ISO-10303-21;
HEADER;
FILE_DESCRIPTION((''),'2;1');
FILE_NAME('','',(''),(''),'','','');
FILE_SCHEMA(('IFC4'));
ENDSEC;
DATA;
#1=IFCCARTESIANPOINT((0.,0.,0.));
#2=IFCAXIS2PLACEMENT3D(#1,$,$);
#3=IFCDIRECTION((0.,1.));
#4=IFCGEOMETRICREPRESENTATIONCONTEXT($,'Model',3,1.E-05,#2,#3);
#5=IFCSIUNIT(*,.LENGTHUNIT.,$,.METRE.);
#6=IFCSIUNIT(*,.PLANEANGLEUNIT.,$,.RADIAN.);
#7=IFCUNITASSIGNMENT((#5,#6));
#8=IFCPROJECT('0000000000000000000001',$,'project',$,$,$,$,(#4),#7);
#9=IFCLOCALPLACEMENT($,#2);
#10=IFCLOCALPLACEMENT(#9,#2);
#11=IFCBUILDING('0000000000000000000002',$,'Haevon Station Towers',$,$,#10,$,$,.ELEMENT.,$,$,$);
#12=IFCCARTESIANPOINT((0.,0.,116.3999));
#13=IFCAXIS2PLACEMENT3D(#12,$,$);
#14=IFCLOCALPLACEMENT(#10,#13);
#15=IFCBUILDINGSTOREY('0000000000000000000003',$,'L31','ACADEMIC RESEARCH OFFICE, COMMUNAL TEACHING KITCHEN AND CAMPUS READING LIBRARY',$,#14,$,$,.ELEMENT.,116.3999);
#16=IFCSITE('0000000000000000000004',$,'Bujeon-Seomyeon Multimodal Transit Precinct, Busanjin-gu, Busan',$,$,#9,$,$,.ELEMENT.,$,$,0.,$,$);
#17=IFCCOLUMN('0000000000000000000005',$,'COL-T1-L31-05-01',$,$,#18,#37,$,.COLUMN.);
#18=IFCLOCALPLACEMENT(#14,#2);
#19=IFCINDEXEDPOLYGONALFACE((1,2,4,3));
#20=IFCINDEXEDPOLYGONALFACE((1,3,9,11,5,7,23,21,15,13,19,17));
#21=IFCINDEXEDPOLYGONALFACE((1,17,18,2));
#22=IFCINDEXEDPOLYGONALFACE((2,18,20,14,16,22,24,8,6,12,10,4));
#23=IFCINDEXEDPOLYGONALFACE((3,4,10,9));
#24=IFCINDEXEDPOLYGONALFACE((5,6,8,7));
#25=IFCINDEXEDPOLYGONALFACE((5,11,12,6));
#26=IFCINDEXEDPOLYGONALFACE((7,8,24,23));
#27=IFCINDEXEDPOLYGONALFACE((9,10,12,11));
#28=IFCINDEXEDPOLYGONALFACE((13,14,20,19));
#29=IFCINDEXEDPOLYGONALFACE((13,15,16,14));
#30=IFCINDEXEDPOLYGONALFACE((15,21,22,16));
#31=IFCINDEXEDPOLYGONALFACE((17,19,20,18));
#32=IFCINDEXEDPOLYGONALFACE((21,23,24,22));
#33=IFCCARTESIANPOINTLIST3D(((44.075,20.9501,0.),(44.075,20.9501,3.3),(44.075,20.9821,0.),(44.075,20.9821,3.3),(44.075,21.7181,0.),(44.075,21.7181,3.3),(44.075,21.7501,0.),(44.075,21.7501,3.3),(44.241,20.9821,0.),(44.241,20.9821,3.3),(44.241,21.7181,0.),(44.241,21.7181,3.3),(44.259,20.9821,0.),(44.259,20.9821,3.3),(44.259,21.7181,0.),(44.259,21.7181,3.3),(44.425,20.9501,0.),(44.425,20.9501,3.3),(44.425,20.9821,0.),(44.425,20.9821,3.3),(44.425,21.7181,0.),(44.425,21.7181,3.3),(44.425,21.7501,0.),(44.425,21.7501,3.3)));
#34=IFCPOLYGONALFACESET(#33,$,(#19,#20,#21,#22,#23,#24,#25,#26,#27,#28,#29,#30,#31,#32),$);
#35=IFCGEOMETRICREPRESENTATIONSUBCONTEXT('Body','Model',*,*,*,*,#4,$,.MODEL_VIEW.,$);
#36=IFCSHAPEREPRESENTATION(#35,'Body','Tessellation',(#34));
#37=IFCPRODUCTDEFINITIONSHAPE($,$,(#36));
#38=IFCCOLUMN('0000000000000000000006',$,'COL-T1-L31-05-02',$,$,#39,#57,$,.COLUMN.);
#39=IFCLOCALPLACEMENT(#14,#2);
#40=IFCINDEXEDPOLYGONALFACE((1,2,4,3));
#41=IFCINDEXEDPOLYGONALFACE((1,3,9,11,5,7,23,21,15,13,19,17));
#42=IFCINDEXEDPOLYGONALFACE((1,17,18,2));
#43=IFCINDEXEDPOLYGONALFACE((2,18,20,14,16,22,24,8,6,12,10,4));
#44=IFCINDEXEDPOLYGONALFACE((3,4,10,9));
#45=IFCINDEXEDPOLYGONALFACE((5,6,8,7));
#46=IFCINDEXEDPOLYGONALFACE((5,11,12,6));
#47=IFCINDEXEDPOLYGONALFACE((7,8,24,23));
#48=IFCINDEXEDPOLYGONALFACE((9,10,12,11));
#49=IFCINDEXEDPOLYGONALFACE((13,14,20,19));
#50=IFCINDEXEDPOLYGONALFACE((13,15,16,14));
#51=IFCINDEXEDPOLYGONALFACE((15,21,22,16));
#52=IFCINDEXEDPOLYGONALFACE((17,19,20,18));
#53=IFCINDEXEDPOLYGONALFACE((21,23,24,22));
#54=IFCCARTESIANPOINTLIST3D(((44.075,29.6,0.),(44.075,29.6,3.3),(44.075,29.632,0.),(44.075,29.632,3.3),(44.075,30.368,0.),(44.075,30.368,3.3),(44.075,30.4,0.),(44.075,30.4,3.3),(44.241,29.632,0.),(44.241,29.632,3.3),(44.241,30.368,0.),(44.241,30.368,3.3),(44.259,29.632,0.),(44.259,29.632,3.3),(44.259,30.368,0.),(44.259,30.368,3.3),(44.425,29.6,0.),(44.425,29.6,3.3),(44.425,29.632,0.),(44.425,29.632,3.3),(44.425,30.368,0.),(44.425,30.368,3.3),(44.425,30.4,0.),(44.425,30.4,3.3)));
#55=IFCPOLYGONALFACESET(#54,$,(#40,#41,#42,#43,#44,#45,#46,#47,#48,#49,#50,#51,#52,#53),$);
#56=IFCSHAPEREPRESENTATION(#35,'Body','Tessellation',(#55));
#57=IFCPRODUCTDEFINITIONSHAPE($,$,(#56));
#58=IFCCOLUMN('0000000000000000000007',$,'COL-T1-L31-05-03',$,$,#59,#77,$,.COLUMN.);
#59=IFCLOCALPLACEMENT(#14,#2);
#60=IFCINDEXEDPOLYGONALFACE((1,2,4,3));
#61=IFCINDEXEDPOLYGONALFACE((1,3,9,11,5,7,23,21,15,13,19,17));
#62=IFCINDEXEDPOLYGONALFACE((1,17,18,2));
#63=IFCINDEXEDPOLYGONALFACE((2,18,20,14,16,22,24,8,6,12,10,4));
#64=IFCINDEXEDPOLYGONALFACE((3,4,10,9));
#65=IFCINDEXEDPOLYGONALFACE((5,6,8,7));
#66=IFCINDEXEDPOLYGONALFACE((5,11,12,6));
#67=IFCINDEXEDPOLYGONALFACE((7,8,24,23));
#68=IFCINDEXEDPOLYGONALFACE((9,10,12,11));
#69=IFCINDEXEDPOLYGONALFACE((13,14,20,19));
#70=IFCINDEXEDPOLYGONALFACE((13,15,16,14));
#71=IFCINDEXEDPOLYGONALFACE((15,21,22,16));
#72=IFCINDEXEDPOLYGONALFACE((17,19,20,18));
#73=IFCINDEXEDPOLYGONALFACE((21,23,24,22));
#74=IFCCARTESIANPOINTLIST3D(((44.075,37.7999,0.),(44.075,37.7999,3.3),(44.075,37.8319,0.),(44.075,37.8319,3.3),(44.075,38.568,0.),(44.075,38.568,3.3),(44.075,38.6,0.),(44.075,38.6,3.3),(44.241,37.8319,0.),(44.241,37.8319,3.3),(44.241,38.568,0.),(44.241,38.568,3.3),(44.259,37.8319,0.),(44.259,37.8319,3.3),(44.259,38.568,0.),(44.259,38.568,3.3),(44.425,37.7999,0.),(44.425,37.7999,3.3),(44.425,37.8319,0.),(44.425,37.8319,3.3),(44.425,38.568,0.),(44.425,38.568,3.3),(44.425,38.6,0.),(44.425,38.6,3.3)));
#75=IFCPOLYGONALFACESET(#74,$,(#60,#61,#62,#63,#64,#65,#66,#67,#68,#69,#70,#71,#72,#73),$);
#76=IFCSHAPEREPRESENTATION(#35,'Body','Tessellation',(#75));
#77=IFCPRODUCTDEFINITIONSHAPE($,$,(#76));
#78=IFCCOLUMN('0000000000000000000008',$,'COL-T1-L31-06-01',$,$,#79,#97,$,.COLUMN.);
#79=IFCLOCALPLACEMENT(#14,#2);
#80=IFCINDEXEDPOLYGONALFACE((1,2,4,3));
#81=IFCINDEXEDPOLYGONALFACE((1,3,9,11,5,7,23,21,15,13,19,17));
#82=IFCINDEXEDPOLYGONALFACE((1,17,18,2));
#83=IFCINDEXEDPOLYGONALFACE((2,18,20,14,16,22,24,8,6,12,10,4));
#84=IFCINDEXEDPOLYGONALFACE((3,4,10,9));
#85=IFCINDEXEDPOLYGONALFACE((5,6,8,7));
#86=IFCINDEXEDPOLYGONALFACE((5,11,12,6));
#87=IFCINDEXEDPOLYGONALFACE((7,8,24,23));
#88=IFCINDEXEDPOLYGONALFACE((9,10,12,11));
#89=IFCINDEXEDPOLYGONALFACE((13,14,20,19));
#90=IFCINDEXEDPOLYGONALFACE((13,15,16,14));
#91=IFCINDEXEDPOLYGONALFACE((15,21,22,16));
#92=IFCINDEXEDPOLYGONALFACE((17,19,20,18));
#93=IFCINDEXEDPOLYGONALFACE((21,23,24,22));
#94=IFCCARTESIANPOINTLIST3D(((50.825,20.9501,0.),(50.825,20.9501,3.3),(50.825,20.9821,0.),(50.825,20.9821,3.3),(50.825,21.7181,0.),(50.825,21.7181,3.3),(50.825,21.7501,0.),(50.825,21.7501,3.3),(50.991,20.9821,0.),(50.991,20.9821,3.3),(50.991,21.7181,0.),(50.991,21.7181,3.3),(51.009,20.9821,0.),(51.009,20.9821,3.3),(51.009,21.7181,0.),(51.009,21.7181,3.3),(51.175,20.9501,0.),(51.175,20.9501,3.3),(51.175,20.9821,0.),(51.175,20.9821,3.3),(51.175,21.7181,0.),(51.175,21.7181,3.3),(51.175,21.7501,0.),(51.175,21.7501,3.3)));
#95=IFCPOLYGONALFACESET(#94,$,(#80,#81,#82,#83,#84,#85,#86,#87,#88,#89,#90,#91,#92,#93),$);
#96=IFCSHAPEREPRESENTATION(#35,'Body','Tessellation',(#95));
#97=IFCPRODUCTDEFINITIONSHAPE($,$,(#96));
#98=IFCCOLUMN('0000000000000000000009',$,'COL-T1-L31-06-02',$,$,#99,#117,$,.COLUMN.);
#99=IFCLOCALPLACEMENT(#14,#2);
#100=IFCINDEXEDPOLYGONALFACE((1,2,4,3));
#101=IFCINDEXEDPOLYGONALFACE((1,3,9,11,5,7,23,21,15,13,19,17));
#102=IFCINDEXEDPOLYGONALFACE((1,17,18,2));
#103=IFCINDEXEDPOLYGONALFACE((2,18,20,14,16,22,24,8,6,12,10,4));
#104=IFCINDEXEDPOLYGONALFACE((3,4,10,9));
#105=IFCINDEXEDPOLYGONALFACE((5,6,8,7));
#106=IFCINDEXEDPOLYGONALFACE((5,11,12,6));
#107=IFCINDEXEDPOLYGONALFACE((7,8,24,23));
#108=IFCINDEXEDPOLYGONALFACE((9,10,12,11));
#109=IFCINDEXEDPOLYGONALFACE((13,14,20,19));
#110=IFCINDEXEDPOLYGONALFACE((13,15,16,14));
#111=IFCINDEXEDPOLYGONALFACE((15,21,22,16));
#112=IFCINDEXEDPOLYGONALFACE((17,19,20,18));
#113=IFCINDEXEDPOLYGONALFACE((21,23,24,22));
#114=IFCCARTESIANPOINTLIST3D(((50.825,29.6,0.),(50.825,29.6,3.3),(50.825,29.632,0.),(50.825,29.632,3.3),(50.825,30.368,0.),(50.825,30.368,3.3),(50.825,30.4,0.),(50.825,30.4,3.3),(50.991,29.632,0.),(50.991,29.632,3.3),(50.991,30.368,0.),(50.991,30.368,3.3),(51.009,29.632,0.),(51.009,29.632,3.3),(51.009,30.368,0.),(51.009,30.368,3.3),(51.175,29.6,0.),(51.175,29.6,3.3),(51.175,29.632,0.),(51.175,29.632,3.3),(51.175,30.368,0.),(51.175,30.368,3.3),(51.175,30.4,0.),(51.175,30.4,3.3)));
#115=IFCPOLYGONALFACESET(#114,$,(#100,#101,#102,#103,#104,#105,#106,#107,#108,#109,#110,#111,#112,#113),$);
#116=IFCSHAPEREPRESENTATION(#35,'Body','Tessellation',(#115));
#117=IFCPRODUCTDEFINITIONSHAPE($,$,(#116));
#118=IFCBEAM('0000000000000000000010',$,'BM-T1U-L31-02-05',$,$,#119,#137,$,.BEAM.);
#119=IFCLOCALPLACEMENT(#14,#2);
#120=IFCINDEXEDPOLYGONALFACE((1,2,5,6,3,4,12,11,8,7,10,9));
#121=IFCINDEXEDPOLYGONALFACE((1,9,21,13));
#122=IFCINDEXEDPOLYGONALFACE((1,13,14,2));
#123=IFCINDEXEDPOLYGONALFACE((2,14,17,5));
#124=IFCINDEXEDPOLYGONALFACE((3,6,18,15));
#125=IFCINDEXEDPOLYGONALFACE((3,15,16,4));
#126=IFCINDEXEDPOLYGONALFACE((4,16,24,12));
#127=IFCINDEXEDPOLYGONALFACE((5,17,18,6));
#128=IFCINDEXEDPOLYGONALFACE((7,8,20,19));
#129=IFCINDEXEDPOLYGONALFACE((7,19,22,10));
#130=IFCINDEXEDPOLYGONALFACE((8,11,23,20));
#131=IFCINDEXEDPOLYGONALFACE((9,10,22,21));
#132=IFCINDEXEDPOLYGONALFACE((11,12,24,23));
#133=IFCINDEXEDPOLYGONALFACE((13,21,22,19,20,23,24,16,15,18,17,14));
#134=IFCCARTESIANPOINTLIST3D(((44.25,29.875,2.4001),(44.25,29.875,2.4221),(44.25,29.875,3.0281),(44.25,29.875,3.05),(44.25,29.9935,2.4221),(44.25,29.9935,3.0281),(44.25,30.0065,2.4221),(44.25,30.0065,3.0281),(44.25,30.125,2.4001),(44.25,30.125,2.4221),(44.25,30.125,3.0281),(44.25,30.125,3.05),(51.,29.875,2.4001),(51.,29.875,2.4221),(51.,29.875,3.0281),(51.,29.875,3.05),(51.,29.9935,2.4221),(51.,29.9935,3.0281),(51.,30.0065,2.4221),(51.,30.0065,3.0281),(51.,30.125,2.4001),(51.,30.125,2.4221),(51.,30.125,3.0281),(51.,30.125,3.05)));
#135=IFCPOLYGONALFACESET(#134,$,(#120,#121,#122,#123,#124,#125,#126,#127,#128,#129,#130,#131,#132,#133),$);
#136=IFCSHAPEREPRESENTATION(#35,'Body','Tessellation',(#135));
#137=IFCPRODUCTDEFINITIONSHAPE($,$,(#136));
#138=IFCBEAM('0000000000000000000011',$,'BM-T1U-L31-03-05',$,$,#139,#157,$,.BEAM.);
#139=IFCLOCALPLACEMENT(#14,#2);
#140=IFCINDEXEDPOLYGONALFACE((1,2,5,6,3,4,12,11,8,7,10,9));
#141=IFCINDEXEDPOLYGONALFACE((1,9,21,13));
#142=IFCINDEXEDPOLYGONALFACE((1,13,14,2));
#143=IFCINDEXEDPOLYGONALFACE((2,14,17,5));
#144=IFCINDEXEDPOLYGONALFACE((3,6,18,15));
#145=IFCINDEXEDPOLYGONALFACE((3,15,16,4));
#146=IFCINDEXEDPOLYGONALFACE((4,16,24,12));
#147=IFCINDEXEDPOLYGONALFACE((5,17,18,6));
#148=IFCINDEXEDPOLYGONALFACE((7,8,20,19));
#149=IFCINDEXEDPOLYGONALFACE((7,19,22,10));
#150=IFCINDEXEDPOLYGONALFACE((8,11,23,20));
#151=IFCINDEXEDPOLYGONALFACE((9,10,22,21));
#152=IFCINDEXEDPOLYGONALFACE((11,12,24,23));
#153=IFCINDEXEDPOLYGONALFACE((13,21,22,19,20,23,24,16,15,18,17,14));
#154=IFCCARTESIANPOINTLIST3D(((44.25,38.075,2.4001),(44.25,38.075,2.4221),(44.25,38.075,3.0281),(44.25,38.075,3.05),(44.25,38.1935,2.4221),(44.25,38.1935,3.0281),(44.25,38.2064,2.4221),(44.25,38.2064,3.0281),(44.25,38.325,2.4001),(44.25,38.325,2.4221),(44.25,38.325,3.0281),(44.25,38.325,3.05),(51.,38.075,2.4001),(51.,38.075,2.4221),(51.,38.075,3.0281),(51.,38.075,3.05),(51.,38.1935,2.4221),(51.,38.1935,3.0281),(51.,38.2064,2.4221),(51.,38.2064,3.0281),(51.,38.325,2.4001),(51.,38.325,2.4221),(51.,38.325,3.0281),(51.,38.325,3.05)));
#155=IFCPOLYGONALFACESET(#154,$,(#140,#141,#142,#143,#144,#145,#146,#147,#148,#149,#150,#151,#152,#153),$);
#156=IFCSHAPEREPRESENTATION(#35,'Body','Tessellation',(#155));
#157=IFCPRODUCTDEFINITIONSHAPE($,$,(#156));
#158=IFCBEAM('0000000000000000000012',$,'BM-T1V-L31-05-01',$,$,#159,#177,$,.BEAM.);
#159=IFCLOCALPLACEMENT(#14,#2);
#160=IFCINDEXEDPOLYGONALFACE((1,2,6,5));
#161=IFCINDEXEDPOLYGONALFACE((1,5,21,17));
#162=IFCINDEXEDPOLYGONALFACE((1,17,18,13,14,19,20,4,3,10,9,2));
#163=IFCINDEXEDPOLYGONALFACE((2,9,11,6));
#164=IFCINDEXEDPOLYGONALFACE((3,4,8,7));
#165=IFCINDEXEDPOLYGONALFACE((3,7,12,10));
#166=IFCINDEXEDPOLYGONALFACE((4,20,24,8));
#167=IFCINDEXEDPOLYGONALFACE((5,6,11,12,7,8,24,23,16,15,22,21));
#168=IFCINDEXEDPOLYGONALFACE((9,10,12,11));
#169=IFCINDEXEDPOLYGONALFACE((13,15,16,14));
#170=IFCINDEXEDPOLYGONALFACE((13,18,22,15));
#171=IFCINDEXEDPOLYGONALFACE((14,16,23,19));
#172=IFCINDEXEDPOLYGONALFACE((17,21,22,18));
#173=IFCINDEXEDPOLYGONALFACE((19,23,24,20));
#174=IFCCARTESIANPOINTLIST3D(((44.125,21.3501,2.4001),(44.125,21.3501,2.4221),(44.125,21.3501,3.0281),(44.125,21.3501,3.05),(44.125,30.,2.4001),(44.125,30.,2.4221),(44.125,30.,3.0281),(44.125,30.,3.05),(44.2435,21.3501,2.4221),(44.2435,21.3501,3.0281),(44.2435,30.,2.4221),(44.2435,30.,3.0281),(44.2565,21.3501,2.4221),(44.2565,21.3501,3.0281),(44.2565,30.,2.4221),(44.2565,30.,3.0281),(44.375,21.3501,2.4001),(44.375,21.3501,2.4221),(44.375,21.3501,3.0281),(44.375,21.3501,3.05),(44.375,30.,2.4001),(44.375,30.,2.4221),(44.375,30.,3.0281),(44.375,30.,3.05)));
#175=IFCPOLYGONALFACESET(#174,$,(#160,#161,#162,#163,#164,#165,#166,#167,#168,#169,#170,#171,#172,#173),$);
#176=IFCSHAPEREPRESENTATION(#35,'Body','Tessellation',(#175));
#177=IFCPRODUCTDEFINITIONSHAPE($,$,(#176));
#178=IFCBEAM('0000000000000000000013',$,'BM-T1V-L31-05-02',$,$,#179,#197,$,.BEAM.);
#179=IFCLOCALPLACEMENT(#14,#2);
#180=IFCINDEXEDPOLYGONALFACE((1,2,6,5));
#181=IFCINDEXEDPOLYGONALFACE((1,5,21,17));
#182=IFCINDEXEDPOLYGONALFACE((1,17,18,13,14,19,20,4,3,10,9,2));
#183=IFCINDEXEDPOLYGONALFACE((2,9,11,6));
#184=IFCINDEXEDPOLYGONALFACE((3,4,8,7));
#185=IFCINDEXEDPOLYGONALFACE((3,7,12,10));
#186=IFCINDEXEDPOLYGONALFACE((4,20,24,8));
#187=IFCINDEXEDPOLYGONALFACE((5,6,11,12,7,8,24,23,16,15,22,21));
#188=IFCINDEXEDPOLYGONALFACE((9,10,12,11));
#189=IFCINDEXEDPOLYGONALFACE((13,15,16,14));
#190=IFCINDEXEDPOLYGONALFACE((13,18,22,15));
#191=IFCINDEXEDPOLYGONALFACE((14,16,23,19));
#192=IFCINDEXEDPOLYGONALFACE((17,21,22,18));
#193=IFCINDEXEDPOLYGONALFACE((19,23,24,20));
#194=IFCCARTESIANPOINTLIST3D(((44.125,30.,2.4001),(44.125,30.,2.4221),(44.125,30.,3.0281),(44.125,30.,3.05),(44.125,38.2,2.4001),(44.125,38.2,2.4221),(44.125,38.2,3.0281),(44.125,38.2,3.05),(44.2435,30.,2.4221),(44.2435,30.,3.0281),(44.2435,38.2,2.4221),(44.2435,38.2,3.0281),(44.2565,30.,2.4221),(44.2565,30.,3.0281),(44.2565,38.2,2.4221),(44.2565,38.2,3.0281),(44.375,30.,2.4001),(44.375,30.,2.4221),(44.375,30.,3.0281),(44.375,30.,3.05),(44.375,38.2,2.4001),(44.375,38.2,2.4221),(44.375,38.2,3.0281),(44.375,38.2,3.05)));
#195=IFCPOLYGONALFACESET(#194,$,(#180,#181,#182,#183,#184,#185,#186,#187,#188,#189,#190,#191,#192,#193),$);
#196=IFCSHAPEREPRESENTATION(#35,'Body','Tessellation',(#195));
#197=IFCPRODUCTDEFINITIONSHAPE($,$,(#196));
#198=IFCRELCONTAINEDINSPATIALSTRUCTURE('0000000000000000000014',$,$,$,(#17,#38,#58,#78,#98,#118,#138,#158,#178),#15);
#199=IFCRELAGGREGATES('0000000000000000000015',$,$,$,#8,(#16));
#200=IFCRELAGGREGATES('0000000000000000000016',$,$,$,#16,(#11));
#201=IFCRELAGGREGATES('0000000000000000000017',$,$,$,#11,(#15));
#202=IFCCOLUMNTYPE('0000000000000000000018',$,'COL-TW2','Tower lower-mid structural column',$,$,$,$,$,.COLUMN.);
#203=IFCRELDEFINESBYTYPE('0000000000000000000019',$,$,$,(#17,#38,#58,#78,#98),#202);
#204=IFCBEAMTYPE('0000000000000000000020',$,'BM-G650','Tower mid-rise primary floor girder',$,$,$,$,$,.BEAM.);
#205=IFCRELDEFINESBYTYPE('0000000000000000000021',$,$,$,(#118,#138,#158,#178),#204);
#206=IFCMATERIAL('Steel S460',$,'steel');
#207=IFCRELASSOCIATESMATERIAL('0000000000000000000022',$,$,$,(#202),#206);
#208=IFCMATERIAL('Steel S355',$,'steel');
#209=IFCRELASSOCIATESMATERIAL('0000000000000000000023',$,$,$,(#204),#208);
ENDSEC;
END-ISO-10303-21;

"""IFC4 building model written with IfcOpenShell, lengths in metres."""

from ifc_helpers import new_model, si_unit, direction, frame, origin, origin_2d, place, context, subcontext, project, spatial, i_section, extrude, material, material_profile, profile_set, type_object, element, save


model = new_model("IFC4")

# Units and contexts
model_context = context("Model", 3, precision=1e-05, world=origin(), true_north=direction((0.0, 1.0)))
body_context = subcontext(model_context, "Body", "Model", "MODEL_VIEW")
ifc_project = project(units=[si_unit("LENGTHUNIT", "METRE"), si_unit("PLANEANGLEUNIT", "RADIAN")], contexts=[model_context])

# Site, building, storey
site_placement = place(None, origin())
site = spatial("IfcSite", under=ifc_project, at=site_placement, Name="Bujeon-Seomyeon Multimodal Transit Precinct, Busanjin-gu, Busan", CompositionType="ELEMENT", RefElevation=0.0)
building_placement = place(site_placement, origin())
building = spatial("IfcBuilding", under=site, at=building_placement, Name="Haevon Station Towers", CompositionType="ELEMENT")
storey_placement = place(building_placement, frame((0.0, 0.0, 116.3999)))
storey = spatial("IfcBuildingStorey", under=building, at=storey_placement, Name="L31", Description="ACADEMIC RESEARCH OFFICE, COMMUNAL TEACHING KITCHEN AND CAMPUS READING LIBRARY", CompositionType="ELEMENT", Elevation=116.3999)

# Columns
ifc_material_1 = material(Name="Steel S460", Category="steel")
ifc_material_profile_1 = material_profile(ifc_material_1, i_section(OverallWidth=0.3501, OverallDepth=0.8, WebThickness=0.0181, FlangeThickness=0.032, at=origin_2d()), Name="H-800x350x18x32")
ifc_profile_set_1 = profile_set([ifc_material_profile_1], Name="Steel S460")
column_type = type_object("IfcColumnType", Name="COL-TW2", Description="Tower lower-mid structural column", PredefinedType="COLUMN", material=ifc_profile_set_1)
for number, where, z_axis, x_axis, name in (
    (1, (44.25, 21.3501, 0.0), (0.0, 0.0, 1.0), (1.0, 0.0, 0.0), "COL-T1-L31-05-01"),
    (2, (44.25, 30.0, 0.0), (0.0, 0.0, 1.0), (1.0, 0.0, 0.0), "COL-T1-L31-05-02"),
    (3, (44.25, 38.2, 0.0), (0.0, 0.0, 1.0), (1.0, 0.0, 0.0), "COL-T1-L31-05-03"),
    (4, (51.0, 21.3501, 0.0), (0.0, 0.0, 1.0), (1.0, 0.0, 0.0), "COL-T1-L31-06-01"),
    (5, (51.0, 30.0, 0.0), (0.0, 0.0, 1.0), (1.0, 0.0, 0.0), "COL-T1-L31-06-02"),
):
    element("IfcColumn", number, at=place(storey_placement, frame(where, z_axis=z_axis, x_axis=x_axis)), inside=storey, type_object=column_type, Name=name, PredefinedType="COLUMN", context=body_context, shape_type="SweptSolid", body=[
        extrude(i_section(OverallWidth=0.3501, OverallDepth=0.8, WebThickness=0.0181, FlangeThickness=0.032, at=origin_2d()), origin(), (0.0, 0.0, 1.0), 3.3),
    ])

# Beams
ifc_material_2 = material(Name="Steel S355", Category="steel")
ifc_material_profile_2 = material_profile(ifc_material_2, i_section(OverallWidth=0.25, OverallDepth=0.6499, WebThickness=0.0129, FlangeThickness=0.022, at=origin_2d()), Name="H-650x250x13x22")
ifc_profile_set_2 = profile_set([ifc_material_profile_2], Name="Steel S355")
beam_type_1 = type_object("IfcBeamType", Name="BM-G650", Description="Tower mid-rise primary floor girder", PredefinedType="BEAM", material=ifc_profile_set_2)
for number, where, z_axis, x_axis, name in (
    (6, (44.25, 30.0, 2.7251), (1.0, 0.0, 0.0), (0.0, 1.0, 0.0), "BM-T1U-L31-02-05"),
    (7, (44.25, 38.2, 2.7251), (1.0, 0.0, 0.0), (0.0, 1.0, 0.0), "BM-T1U-L31-03-05"),
):
    element("IfcBeam", number, at=place(storey_placement, frame(where, z_axis=z_axis, x_axis=x_axis)), inside=storey, type_object=beam_type_1, Name=name, PredefinedType="BEAM", context=body_context, shape_type="SweptSolid", body=[
        extrude(i_section(OverallWidth=0.25, OverallDepth=0.6499, WebThickness=0.0129, FlangeThickness=0.022, at=origin_2d()), origin(), (0.0, 0.0, 1.0), 6.75),
    ])
beam_1_placement = place(storey_placement, frame((44.25, 21.3501, 2.7251), z_axis=(0.0, 1.0, 0.0), x_axis=(-1.0, 0.0, 0.0)))
element("IfcBeam", 8, at=beam_1_placement, inside=storey, type_object=beam_type_1, Name="BM-T1V-L31-05-01", PredefinedType="BEAM", context=body_context, shape_type="SweptSolid", body=[
    extrude(i_section(OverallWidth=0.25, OverallDepth=0.6499, WebThickness=0.0129, FlangeThickness=0.022, at=origin_2d()), origin(), (0.0, 0.0, 1.0), 8.6499),
])
beam_2_placement = place(storey_placement, frame((44.25, 30.0, 2.7251), z_axis=(0.0, 1.0, 0.0), x_axis=(-1.0, 0.0, 0.0)))
element("IfcBeam", 9, at=beam_2_placement, inside=storey, type_object=beam_type_1, Name="BM-T1V-L31-05-02", PredefinedType="BEAM", context=body_context, shape_type="SweptSolid", body=[
    extrude(i_section(OverallWidth=0.25, OverallDepth=0.6499, WebThickness=0.0129, FlangeThickness=0.022, at=origin_2d()), origin(), (0.0, 0.0, 1.0), 8.2),
])

save(model, "model.ifc")
